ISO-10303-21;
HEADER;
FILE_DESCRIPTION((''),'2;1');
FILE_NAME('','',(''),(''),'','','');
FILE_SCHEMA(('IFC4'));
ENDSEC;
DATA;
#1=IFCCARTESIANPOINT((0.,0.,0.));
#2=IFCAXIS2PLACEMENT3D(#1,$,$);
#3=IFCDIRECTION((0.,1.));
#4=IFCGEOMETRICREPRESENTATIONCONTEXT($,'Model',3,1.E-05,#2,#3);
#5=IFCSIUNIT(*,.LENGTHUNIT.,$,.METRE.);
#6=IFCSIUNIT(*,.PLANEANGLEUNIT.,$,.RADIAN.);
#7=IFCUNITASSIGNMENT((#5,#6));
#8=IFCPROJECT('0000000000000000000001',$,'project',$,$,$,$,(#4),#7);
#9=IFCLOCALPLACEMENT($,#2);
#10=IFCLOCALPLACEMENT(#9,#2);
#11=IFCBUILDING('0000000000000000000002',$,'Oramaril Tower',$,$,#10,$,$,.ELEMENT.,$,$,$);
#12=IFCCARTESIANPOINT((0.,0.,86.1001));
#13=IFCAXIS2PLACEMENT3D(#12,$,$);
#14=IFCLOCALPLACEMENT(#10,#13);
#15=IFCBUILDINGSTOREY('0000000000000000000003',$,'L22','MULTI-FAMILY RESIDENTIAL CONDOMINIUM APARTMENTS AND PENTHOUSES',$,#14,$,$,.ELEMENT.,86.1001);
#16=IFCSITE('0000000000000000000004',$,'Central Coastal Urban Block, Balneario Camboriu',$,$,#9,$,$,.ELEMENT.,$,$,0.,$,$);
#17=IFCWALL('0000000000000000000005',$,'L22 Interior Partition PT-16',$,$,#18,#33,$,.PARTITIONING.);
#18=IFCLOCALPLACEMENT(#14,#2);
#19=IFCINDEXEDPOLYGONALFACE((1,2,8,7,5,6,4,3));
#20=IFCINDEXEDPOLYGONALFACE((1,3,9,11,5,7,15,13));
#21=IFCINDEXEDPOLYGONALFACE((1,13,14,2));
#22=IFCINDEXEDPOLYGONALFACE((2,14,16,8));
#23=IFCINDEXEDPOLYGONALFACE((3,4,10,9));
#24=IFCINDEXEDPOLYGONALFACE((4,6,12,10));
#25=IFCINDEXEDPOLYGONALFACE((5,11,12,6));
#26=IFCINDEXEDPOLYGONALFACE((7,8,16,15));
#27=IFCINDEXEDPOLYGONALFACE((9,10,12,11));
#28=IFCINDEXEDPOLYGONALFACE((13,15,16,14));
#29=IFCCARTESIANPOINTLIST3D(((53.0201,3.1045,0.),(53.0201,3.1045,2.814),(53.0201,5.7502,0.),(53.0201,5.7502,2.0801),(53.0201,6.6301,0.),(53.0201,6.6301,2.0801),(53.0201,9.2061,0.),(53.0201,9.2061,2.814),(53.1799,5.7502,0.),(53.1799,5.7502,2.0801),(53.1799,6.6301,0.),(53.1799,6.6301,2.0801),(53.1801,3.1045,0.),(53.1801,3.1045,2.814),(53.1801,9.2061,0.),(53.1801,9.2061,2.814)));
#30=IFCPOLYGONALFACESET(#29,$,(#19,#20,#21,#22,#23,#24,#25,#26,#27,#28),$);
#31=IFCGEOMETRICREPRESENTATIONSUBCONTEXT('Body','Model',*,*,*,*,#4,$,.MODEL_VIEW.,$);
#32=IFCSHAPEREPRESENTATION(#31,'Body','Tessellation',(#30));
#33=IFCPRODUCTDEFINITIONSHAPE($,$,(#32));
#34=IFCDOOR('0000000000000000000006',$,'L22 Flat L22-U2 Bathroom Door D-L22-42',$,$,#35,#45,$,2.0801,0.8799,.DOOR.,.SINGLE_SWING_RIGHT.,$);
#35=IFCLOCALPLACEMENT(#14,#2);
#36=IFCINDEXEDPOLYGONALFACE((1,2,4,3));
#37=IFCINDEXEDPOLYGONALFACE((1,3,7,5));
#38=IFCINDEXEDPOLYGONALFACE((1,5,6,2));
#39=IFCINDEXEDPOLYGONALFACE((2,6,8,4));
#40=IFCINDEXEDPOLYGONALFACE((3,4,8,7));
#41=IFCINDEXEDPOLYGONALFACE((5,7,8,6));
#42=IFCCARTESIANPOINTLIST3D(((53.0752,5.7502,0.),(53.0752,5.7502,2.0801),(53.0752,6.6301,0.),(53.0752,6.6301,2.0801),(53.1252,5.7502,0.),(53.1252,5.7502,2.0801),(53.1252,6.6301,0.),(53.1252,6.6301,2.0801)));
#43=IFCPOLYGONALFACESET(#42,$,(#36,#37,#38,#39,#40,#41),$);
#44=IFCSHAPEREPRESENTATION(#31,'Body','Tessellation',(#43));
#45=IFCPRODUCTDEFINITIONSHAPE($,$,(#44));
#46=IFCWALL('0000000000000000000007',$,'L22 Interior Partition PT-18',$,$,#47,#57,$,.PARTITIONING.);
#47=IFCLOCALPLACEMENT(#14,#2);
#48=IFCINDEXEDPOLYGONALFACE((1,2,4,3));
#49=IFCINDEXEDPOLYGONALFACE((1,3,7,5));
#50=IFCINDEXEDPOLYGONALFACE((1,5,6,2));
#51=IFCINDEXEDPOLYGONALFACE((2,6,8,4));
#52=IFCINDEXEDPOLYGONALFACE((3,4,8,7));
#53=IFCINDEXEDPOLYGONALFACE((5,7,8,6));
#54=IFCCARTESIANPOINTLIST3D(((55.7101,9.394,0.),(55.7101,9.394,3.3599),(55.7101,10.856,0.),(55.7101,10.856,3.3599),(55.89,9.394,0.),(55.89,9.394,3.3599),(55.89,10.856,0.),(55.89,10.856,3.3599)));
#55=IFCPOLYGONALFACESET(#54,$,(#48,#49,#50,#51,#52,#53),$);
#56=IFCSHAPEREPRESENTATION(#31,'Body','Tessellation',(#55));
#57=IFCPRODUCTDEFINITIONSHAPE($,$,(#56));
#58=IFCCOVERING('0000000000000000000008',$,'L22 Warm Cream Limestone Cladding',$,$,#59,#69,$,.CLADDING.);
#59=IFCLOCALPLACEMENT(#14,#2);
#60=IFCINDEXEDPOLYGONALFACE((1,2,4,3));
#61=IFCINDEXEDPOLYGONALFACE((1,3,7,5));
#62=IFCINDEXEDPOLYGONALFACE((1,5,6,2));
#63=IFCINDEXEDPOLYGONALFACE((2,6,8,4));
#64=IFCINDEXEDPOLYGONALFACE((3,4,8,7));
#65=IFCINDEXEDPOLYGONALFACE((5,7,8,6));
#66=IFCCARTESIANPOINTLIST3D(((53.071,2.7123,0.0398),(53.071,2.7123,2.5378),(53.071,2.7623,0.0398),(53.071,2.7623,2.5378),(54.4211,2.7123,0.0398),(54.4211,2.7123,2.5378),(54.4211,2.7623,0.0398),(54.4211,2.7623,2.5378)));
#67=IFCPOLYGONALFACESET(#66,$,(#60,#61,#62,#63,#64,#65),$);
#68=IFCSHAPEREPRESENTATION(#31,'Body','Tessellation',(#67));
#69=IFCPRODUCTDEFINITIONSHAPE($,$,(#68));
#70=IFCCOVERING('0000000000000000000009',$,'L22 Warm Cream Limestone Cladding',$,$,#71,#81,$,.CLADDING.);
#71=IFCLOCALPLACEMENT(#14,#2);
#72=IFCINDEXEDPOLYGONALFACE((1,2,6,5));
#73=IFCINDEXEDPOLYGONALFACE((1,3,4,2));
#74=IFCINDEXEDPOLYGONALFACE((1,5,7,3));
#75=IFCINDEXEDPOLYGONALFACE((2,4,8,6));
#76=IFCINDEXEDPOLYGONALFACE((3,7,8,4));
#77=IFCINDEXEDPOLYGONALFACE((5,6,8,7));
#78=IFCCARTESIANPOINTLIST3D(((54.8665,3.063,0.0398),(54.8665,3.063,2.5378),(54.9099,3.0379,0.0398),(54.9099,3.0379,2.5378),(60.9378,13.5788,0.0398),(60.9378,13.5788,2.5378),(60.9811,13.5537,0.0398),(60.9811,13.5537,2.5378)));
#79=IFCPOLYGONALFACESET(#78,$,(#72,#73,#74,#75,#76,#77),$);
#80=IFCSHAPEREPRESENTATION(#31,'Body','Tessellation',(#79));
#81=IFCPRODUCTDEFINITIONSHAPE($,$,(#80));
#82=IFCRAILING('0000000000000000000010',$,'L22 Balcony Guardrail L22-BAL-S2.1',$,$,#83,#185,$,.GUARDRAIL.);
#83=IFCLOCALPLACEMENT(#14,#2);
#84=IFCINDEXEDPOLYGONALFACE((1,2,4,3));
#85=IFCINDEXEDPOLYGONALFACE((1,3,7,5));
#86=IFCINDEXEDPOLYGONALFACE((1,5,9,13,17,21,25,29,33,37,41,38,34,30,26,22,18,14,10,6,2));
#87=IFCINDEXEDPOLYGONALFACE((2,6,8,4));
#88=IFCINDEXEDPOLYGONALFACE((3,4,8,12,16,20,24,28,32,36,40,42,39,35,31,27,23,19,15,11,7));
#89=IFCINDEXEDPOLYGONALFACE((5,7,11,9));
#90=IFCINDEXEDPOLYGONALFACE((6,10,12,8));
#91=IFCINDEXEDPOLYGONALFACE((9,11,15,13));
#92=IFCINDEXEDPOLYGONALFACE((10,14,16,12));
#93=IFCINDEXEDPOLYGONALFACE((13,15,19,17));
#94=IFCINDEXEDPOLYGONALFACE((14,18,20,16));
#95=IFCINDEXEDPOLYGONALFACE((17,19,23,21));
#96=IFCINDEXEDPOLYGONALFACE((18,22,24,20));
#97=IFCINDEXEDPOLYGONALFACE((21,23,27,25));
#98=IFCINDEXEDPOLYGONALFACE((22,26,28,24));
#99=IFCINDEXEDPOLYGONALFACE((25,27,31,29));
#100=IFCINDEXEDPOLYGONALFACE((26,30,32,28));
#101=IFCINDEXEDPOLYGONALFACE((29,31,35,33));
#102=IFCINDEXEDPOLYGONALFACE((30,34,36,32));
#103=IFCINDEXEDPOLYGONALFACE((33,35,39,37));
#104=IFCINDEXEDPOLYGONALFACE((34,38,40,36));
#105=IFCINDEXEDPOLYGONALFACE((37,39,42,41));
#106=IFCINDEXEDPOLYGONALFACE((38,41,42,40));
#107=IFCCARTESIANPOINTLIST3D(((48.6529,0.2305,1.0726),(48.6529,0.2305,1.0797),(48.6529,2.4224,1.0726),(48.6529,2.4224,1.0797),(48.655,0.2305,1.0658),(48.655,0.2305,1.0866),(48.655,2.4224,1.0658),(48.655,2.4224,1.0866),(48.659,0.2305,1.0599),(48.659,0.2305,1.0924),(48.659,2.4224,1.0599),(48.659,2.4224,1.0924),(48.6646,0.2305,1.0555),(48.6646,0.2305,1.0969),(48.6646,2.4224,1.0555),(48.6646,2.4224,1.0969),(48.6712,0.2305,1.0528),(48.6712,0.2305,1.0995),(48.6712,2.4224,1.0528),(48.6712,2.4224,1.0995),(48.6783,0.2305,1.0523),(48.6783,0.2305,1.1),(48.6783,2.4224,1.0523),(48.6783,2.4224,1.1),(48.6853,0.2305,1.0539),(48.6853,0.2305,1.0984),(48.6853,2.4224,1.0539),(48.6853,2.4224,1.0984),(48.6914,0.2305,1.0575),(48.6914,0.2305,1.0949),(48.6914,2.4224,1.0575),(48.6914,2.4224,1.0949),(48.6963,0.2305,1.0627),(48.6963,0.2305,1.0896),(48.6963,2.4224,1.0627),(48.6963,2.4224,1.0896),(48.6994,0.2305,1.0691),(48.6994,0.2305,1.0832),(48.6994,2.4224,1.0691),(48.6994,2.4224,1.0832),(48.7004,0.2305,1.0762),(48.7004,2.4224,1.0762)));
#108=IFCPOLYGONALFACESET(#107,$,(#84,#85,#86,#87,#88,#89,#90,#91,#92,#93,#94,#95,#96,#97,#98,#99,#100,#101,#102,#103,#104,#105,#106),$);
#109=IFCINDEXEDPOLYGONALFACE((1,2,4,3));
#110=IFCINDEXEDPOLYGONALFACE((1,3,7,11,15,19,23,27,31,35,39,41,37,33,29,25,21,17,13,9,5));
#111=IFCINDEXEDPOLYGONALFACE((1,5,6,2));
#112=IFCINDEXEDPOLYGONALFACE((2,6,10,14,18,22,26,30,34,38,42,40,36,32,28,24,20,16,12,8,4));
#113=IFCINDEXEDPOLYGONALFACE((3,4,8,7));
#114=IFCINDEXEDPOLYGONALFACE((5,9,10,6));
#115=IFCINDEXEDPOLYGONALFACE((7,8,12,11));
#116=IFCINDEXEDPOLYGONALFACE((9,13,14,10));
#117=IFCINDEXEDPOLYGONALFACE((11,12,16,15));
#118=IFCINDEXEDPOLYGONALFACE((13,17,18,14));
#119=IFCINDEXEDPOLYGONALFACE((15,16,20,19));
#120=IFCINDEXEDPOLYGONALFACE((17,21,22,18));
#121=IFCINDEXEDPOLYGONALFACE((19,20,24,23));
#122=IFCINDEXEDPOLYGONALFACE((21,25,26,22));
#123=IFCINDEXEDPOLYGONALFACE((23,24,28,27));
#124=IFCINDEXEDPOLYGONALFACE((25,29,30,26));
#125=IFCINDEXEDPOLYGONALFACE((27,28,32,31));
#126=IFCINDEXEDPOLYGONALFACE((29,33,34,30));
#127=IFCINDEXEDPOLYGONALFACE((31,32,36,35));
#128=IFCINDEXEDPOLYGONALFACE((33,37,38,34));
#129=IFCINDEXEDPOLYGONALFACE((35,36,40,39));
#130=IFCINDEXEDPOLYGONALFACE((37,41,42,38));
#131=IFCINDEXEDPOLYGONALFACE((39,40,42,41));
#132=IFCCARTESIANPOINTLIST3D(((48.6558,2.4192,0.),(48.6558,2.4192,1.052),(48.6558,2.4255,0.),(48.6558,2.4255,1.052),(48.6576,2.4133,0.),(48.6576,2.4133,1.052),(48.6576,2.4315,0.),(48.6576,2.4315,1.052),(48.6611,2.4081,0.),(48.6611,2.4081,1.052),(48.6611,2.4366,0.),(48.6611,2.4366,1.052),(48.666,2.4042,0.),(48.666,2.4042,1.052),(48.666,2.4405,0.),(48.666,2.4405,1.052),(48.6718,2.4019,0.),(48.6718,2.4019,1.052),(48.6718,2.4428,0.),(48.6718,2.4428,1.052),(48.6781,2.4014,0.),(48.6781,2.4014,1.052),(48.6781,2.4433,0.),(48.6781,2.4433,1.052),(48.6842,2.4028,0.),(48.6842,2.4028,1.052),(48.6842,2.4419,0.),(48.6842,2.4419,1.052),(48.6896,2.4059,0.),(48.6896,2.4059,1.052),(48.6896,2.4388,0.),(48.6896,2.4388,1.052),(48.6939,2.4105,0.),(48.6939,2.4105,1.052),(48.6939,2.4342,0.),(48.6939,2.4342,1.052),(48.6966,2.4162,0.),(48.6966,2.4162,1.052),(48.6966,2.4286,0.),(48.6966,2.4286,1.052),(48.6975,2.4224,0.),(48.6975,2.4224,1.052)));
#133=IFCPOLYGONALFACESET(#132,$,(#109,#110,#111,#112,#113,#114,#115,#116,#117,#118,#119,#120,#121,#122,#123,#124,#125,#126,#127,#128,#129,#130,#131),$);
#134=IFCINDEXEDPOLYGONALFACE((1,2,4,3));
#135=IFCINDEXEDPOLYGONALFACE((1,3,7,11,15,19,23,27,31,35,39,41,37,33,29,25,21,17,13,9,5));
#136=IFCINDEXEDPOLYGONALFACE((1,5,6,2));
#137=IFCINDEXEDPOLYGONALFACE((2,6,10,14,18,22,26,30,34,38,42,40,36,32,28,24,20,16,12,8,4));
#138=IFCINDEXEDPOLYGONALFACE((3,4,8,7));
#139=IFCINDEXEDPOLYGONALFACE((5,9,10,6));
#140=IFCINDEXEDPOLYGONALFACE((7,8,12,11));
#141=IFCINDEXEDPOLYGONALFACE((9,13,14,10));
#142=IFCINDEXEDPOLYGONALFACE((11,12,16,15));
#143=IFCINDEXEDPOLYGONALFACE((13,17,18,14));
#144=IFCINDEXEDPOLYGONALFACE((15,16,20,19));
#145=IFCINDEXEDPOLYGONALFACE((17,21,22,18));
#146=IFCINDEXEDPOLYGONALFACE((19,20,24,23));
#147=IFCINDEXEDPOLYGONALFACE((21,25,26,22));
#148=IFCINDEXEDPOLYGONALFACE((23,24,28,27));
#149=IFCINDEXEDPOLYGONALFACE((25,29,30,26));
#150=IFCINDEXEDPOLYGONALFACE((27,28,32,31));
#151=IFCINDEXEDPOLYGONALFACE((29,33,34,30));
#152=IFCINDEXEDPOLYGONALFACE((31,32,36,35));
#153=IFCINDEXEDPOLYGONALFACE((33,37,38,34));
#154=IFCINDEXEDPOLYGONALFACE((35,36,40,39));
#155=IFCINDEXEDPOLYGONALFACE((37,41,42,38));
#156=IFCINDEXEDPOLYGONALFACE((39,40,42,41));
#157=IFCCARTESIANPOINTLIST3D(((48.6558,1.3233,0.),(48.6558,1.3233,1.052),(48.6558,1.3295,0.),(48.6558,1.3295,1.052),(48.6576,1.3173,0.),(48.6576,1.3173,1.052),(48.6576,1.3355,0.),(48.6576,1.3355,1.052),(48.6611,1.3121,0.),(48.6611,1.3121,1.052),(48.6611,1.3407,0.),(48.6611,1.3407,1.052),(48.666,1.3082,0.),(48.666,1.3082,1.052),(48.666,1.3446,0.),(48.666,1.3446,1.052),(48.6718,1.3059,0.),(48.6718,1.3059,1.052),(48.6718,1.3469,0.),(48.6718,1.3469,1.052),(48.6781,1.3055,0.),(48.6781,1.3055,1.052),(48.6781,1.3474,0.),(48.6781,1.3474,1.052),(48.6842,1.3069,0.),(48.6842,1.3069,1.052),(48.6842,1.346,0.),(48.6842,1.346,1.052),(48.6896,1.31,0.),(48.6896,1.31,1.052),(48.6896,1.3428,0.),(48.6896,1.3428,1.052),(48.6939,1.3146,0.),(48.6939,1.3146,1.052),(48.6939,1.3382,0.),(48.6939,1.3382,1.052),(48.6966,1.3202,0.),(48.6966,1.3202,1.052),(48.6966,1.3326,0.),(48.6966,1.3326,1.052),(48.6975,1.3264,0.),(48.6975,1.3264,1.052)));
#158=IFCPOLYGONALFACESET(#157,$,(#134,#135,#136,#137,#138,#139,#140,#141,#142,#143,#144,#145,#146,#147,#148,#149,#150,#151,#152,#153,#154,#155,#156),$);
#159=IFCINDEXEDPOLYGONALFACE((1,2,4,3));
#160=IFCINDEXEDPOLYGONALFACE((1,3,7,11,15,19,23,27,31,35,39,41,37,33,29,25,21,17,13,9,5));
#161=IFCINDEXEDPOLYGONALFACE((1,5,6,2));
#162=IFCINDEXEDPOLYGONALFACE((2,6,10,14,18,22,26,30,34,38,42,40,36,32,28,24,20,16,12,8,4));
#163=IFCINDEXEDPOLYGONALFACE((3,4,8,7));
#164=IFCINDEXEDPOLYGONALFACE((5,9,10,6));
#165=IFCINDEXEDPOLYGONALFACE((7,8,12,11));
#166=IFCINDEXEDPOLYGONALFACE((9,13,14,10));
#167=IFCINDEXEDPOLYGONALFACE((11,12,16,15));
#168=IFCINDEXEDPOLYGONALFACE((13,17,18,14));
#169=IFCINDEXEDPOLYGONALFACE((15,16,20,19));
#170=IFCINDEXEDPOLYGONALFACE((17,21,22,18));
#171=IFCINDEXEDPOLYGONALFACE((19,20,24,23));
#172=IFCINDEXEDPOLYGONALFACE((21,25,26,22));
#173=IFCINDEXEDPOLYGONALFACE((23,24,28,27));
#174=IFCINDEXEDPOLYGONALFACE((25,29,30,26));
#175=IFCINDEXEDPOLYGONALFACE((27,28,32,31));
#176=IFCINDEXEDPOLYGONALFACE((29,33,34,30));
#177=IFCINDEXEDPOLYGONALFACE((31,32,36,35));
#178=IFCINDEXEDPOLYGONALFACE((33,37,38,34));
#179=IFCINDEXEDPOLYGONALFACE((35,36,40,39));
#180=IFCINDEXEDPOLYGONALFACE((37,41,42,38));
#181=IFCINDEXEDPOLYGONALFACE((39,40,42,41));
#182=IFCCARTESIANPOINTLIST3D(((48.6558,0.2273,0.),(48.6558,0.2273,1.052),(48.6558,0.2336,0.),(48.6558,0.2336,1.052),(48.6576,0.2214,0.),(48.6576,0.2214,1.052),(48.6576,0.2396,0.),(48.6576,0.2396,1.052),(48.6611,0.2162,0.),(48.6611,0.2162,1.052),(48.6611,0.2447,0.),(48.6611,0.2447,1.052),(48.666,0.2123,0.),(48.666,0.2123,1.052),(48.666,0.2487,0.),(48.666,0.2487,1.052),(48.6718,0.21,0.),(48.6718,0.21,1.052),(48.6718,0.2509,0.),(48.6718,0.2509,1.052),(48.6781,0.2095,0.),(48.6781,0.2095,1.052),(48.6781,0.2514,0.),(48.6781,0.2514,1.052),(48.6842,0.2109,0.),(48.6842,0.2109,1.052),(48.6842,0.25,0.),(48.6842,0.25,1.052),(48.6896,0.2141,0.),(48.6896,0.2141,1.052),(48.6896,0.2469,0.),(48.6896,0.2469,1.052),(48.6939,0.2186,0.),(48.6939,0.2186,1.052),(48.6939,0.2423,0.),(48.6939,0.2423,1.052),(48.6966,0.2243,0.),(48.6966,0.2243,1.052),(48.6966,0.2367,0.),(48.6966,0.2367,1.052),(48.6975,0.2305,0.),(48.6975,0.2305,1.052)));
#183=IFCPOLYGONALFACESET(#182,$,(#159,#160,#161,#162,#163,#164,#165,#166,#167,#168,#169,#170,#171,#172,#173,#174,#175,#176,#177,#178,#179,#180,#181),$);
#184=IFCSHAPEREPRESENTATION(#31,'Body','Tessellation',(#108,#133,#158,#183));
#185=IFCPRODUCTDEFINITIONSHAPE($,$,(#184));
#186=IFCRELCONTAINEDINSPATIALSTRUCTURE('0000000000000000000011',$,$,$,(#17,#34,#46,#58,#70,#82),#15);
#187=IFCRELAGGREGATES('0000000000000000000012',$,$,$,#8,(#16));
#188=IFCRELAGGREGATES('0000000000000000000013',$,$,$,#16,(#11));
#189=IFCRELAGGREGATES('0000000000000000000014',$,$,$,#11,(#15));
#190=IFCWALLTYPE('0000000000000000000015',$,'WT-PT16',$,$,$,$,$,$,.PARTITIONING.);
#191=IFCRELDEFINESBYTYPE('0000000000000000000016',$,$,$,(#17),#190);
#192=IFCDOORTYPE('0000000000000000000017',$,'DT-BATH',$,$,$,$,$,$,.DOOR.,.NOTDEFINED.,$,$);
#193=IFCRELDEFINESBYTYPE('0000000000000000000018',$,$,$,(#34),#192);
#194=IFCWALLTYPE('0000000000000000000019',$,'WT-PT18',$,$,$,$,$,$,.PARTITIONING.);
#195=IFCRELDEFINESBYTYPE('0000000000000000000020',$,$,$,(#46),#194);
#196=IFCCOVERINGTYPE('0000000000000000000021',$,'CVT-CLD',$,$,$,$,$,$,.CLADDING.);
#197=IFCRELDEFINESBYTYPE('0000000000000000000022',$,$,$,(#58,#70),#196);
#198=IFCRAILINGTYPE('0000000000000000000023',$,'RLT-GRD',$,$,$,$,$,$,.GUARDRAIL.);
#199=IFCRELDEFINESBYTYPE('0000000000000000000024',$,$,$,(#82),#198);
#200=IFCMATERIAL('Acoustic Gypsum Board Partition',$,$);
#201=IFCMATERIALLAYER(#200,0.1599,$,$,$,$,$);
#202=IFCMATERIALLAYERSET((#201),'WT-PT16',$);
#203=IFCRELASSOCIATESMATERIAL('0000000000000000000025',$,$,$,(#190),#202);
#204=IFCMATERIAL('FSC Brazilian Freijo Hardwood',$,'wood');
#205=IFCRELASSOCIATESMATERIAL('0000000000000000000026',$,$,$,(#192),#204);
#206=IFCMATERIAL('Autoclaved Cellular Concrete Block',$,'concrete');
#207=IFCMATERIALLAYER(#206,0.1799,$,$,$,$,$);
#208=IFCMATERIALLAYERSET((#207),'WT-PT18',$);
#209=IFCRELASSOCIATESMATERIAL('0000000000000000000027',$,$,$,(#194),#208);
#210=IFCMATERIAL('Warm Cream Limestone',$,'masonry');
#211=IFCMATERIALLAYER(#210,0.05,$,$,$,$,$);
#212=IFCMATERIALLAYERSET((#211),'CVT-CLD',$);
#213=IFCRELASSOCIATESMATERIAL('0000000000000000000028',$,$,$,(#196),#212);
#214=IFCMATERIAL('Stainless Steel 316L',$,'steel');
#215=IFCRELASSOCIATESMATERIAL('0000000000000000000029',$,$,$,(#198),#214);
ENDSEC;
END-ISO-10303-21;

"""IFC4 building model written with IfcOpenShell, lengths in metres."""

from ifc_helpers import new_model, si_unit, direction, frame, frame_2d, origin, origin_2d, place, context, subcontext, project, spatial, rectangle, circle, extrude, material, layer, layer_set, type_object, element, fill, save


model = new_model("IFC4")

# Units and contexts
model_context = context("Model", 3, precision=1e-05, world=origin(), true_north=direction((0.0, 1.0)))
body_context = subcontext(model_context, "Body", "Model", "MODEL_VIEW")
ifc_project = project(units=[si_unit("LENGTHUNIT", "METRE"), si_unit("PLANEANGLEUNIT", "RADIAN")], contexts=[model_context])

# Site, building, storey
site_placement = place(None, origin())
site = spatial("IfcSite", under=ifc_project, at=site_placement, Name="Central Coastal Urban Block, Balneario Camboriu", CompositionType="ELEMENT", RefElevation=0.0)
building_placement = place(site_placement, origin())
building = spatial("IfcBuilding", under=site, at=building_placement, Name="Oramaril Tower", CompositionType="ELEMENT")
storey_placement = place(building_placement, frame((0.0, 0.0, 86.1001)))
storey = spatial("IfcBuildingStorey", under=building, at=storey_placement, Name="L22", Description="MULTI-FAMILY RESIDENTIAL CONDOMINIUM APARTMENTS AND PENTHOUSES", CompositionType="ELEMENT", Elevation=86.1001)

# Wall, opening, door
ifc_material_1 = material(Name="Acoustic Gypsum Board Partition")
ifc_layer_1 = layer(ifc_material_1, 0.1599)
ifc_layer_set_1 = layer_set([ifc_layer_1], Name="WT-PT16")
wall_type_1 = type_object("IfcWallType", Name="WT-PT16", PredefinedType="PARTITIONING", material=ifc_layer_set_1)
wall_1_placement = place(storey_placement, frame((53.1001, 3.1045, 0.0), z_axis=(0.0, 0.0, 1.0), x_axis=(0.0, 1.0, 0.0)))
wall_1 = element("IfcWall", 1, at=wall_1_placement, inside=storey, type_object=wall_type_1, Name="L22 Interior Partition PT-16", PredefinedType="PARTITIONING", context=body_context, shape_type="SweptSolid", body=[
    extrude(rectangle(XDim=6.1016, YDim=0.1599, at=frame_2d((3.0508, 0.0))), origin(), (0.0, 0.0, 1.0), 2.814),
])
opening_placement = place(wall_1_placement, frame((2.6458, 0.0, 0.0)))
opening = element("IfcOpeningElement", 2, at=opening_placement, cuts=wall_1, PredefinedType="OPENING", context=body_context, shape_type="SweptSolid", body=[
    extrude(rectangle(XDim=0.8799, YDim=2.0801, at=frame_2d((0.4399, 1.04))), frame((0.0, 0.0801, 0.0), z_axis=(0.0, -1.0, 0.0), x_axis=(1.0, 0.0, 0.0)), (0.0, 0.0, 1.0), 0.1599),
])
ifc_material_2 = material(Name="FSC Brazilian Freijo Hardwood", Category="wood")
door_type = type_object("IfcDoorType", Name="DT-BATH", OperationType="NOTDEFINED", PredefinedType="DOOR", material=ifc_material_2)
door_placement = place(opening_placement, origin())
door = element("IfcDoor", 3, at=door_placement, inside=storey, type_object=door_type, Name="L22 Flat L22-U2 Bathroom Door D-L22-42", OperationType="SINGLE_SWING_RIGHT", OverallHeight=2.0801, OverallWidth=0.8799, PredefinedType="DOOR", context=body_context, shape_type="SweptSolid", body=[
    extrude(rectangle(XDim=0.8799, YDim=2.0801, at=frame_2d((0.4399, 1.04))), frame((0.0, 0.0249, 0.0), z_axis=(0.0, -1.0, 0.0), x_axis=(1.0, 0.0, 0.0)), (0.0, 0.0, 1.0), 0.05),
])
fill(opening, door)

# Wall
ifc_material_3 = material(Name="Autoclaved Cellular Concrete Block", Category="concrete")
ifc_layer_2 = layer(ifc_material_3, 0.1799)
ifc_layer_set_2 = layer_set([ifc_layer_2], Name="WT-PT18")
wall_type_2 = type_object("IfcWallType", Name="WT-PT18", PredefinedType="PARTITIONING", material=ifc_layer_set_2)
wall_2_placement = place(storey_placement, frame((55.8, 9.394, 0.0), z_axis=(0.0, 0.0, 1.0), x_axis=(0.0, 1.0, 0.0)))
element("IfcWall", 4, at=wall_2_placement, inside=storey, type_object=wall_type_2, Name="L22 Interior Partition PT-18", PredefinedType="PARTITIONING", context=body_context, shape_type="SweptSolid", body=[
    extrude(rectangle(XDim=1.4619, YDim=0.1799, at=frame_2d((0.731, 0.0))), origin(), (0.0, 0.0, 1.0), 3.3599),
])

# Coverings
ifc_material_4 = material(Name="Warm Cream Limestone", Category="masonry")
ifc_layer_3 = layer(ifc_material_4, 0.05)
ifc_layer_set_3 = layer_set([ifc_layer_3], Name="CVT-CLD")
covering_type = type_object("IfcCoveringType", Name="CVT-CLD", PredefinedType="CLADDING", material=ifc_layer_set_3)
covering_1_placement = place(storey_placement, frame((53.7461, 2.7373, 0.0398), z_axis=(0.0, 0.0, 1.0), x_axis=(1.0, 0.0, 0.0)))
element("IfcCovering", 5, at=covering_1_placement, inside=storey, type_object=covering_type, Name="L22 Warm Cream Limestone Cladding", PredefinedType="CLADDING", context=body_context, shape_type="SweptSolid", body=[
    extrude(rectangle(XDim=1.3501, YDim=0.05, at=origin_2d()), origin(), (0.0, 0.0, 1.0), 2.498),
])
covering_2_placement = place(storey_placement, frame((57.9238, 8.3083, 0.0398), z_axis=(0.0, 0.0, 1.0), x_axis=(0.499997, 0.866027, 0.0)))
element("IfcCovering", 6, at=covering_2_placement, inside=storey, type_object=covering_type, Name="L22 Warm Cream Limestone Cladding", PredefinedType="CLADDING", context=body_context, shape_type="SweptSolid", body=[
    extrude(rectangle(XDim=12.1426, YDim=0.05, at=origin_2d()), origin(), (0.0, 0.0, 1.0), 2.498),
])

# Railing
ifc_material_5 = material(Name="Stainless Steel 316L", Category="steel")
railing_type = type_object("IfcRailingType", Name="RLT-GRD", PredefinedType="GUARDRAIL", material=ifc_material_5)
railing_1_placement = place(storey_placement, frame((48.6765, 2.4224, 0.0)))
element("IfcRailing", 7, at=railing_1_placement, inside=storey, type_object=railing_type, Name="L22 Balcony Guardrail L22-BAL-S2.1", PredefinedType="GUARDRAIL", context=body_context, shape_type="SweptSolid", body=[
    extrude(circle(Radius=0.0239, at=origin_2d()), frame((0.0, 0.0, 1.0762), z_axis=(0.0, -1.0, 0.0), x_axis=(1.0, 0.0, 0.0)), (0.0, 0.0, 1.0), 2.1919),
    extrude(circle(Radius=0.021, at=origin_2d()), origin(), (0.0, 0.0, 1.0), 1.052),
    extrude(circle(Radius=0.021, at=origin_2d()), frame((0.0, -1.0959, 0.0)), (0.0, 0.0, 1.0), 1.052),
    extrude(circle(Radius=0.021, at=origin_2d()), frame((0.0, -2.1919, 0.0)), (0.0, 0.0, 1.0), 1.052),
])

save(model, "model.ifc")
